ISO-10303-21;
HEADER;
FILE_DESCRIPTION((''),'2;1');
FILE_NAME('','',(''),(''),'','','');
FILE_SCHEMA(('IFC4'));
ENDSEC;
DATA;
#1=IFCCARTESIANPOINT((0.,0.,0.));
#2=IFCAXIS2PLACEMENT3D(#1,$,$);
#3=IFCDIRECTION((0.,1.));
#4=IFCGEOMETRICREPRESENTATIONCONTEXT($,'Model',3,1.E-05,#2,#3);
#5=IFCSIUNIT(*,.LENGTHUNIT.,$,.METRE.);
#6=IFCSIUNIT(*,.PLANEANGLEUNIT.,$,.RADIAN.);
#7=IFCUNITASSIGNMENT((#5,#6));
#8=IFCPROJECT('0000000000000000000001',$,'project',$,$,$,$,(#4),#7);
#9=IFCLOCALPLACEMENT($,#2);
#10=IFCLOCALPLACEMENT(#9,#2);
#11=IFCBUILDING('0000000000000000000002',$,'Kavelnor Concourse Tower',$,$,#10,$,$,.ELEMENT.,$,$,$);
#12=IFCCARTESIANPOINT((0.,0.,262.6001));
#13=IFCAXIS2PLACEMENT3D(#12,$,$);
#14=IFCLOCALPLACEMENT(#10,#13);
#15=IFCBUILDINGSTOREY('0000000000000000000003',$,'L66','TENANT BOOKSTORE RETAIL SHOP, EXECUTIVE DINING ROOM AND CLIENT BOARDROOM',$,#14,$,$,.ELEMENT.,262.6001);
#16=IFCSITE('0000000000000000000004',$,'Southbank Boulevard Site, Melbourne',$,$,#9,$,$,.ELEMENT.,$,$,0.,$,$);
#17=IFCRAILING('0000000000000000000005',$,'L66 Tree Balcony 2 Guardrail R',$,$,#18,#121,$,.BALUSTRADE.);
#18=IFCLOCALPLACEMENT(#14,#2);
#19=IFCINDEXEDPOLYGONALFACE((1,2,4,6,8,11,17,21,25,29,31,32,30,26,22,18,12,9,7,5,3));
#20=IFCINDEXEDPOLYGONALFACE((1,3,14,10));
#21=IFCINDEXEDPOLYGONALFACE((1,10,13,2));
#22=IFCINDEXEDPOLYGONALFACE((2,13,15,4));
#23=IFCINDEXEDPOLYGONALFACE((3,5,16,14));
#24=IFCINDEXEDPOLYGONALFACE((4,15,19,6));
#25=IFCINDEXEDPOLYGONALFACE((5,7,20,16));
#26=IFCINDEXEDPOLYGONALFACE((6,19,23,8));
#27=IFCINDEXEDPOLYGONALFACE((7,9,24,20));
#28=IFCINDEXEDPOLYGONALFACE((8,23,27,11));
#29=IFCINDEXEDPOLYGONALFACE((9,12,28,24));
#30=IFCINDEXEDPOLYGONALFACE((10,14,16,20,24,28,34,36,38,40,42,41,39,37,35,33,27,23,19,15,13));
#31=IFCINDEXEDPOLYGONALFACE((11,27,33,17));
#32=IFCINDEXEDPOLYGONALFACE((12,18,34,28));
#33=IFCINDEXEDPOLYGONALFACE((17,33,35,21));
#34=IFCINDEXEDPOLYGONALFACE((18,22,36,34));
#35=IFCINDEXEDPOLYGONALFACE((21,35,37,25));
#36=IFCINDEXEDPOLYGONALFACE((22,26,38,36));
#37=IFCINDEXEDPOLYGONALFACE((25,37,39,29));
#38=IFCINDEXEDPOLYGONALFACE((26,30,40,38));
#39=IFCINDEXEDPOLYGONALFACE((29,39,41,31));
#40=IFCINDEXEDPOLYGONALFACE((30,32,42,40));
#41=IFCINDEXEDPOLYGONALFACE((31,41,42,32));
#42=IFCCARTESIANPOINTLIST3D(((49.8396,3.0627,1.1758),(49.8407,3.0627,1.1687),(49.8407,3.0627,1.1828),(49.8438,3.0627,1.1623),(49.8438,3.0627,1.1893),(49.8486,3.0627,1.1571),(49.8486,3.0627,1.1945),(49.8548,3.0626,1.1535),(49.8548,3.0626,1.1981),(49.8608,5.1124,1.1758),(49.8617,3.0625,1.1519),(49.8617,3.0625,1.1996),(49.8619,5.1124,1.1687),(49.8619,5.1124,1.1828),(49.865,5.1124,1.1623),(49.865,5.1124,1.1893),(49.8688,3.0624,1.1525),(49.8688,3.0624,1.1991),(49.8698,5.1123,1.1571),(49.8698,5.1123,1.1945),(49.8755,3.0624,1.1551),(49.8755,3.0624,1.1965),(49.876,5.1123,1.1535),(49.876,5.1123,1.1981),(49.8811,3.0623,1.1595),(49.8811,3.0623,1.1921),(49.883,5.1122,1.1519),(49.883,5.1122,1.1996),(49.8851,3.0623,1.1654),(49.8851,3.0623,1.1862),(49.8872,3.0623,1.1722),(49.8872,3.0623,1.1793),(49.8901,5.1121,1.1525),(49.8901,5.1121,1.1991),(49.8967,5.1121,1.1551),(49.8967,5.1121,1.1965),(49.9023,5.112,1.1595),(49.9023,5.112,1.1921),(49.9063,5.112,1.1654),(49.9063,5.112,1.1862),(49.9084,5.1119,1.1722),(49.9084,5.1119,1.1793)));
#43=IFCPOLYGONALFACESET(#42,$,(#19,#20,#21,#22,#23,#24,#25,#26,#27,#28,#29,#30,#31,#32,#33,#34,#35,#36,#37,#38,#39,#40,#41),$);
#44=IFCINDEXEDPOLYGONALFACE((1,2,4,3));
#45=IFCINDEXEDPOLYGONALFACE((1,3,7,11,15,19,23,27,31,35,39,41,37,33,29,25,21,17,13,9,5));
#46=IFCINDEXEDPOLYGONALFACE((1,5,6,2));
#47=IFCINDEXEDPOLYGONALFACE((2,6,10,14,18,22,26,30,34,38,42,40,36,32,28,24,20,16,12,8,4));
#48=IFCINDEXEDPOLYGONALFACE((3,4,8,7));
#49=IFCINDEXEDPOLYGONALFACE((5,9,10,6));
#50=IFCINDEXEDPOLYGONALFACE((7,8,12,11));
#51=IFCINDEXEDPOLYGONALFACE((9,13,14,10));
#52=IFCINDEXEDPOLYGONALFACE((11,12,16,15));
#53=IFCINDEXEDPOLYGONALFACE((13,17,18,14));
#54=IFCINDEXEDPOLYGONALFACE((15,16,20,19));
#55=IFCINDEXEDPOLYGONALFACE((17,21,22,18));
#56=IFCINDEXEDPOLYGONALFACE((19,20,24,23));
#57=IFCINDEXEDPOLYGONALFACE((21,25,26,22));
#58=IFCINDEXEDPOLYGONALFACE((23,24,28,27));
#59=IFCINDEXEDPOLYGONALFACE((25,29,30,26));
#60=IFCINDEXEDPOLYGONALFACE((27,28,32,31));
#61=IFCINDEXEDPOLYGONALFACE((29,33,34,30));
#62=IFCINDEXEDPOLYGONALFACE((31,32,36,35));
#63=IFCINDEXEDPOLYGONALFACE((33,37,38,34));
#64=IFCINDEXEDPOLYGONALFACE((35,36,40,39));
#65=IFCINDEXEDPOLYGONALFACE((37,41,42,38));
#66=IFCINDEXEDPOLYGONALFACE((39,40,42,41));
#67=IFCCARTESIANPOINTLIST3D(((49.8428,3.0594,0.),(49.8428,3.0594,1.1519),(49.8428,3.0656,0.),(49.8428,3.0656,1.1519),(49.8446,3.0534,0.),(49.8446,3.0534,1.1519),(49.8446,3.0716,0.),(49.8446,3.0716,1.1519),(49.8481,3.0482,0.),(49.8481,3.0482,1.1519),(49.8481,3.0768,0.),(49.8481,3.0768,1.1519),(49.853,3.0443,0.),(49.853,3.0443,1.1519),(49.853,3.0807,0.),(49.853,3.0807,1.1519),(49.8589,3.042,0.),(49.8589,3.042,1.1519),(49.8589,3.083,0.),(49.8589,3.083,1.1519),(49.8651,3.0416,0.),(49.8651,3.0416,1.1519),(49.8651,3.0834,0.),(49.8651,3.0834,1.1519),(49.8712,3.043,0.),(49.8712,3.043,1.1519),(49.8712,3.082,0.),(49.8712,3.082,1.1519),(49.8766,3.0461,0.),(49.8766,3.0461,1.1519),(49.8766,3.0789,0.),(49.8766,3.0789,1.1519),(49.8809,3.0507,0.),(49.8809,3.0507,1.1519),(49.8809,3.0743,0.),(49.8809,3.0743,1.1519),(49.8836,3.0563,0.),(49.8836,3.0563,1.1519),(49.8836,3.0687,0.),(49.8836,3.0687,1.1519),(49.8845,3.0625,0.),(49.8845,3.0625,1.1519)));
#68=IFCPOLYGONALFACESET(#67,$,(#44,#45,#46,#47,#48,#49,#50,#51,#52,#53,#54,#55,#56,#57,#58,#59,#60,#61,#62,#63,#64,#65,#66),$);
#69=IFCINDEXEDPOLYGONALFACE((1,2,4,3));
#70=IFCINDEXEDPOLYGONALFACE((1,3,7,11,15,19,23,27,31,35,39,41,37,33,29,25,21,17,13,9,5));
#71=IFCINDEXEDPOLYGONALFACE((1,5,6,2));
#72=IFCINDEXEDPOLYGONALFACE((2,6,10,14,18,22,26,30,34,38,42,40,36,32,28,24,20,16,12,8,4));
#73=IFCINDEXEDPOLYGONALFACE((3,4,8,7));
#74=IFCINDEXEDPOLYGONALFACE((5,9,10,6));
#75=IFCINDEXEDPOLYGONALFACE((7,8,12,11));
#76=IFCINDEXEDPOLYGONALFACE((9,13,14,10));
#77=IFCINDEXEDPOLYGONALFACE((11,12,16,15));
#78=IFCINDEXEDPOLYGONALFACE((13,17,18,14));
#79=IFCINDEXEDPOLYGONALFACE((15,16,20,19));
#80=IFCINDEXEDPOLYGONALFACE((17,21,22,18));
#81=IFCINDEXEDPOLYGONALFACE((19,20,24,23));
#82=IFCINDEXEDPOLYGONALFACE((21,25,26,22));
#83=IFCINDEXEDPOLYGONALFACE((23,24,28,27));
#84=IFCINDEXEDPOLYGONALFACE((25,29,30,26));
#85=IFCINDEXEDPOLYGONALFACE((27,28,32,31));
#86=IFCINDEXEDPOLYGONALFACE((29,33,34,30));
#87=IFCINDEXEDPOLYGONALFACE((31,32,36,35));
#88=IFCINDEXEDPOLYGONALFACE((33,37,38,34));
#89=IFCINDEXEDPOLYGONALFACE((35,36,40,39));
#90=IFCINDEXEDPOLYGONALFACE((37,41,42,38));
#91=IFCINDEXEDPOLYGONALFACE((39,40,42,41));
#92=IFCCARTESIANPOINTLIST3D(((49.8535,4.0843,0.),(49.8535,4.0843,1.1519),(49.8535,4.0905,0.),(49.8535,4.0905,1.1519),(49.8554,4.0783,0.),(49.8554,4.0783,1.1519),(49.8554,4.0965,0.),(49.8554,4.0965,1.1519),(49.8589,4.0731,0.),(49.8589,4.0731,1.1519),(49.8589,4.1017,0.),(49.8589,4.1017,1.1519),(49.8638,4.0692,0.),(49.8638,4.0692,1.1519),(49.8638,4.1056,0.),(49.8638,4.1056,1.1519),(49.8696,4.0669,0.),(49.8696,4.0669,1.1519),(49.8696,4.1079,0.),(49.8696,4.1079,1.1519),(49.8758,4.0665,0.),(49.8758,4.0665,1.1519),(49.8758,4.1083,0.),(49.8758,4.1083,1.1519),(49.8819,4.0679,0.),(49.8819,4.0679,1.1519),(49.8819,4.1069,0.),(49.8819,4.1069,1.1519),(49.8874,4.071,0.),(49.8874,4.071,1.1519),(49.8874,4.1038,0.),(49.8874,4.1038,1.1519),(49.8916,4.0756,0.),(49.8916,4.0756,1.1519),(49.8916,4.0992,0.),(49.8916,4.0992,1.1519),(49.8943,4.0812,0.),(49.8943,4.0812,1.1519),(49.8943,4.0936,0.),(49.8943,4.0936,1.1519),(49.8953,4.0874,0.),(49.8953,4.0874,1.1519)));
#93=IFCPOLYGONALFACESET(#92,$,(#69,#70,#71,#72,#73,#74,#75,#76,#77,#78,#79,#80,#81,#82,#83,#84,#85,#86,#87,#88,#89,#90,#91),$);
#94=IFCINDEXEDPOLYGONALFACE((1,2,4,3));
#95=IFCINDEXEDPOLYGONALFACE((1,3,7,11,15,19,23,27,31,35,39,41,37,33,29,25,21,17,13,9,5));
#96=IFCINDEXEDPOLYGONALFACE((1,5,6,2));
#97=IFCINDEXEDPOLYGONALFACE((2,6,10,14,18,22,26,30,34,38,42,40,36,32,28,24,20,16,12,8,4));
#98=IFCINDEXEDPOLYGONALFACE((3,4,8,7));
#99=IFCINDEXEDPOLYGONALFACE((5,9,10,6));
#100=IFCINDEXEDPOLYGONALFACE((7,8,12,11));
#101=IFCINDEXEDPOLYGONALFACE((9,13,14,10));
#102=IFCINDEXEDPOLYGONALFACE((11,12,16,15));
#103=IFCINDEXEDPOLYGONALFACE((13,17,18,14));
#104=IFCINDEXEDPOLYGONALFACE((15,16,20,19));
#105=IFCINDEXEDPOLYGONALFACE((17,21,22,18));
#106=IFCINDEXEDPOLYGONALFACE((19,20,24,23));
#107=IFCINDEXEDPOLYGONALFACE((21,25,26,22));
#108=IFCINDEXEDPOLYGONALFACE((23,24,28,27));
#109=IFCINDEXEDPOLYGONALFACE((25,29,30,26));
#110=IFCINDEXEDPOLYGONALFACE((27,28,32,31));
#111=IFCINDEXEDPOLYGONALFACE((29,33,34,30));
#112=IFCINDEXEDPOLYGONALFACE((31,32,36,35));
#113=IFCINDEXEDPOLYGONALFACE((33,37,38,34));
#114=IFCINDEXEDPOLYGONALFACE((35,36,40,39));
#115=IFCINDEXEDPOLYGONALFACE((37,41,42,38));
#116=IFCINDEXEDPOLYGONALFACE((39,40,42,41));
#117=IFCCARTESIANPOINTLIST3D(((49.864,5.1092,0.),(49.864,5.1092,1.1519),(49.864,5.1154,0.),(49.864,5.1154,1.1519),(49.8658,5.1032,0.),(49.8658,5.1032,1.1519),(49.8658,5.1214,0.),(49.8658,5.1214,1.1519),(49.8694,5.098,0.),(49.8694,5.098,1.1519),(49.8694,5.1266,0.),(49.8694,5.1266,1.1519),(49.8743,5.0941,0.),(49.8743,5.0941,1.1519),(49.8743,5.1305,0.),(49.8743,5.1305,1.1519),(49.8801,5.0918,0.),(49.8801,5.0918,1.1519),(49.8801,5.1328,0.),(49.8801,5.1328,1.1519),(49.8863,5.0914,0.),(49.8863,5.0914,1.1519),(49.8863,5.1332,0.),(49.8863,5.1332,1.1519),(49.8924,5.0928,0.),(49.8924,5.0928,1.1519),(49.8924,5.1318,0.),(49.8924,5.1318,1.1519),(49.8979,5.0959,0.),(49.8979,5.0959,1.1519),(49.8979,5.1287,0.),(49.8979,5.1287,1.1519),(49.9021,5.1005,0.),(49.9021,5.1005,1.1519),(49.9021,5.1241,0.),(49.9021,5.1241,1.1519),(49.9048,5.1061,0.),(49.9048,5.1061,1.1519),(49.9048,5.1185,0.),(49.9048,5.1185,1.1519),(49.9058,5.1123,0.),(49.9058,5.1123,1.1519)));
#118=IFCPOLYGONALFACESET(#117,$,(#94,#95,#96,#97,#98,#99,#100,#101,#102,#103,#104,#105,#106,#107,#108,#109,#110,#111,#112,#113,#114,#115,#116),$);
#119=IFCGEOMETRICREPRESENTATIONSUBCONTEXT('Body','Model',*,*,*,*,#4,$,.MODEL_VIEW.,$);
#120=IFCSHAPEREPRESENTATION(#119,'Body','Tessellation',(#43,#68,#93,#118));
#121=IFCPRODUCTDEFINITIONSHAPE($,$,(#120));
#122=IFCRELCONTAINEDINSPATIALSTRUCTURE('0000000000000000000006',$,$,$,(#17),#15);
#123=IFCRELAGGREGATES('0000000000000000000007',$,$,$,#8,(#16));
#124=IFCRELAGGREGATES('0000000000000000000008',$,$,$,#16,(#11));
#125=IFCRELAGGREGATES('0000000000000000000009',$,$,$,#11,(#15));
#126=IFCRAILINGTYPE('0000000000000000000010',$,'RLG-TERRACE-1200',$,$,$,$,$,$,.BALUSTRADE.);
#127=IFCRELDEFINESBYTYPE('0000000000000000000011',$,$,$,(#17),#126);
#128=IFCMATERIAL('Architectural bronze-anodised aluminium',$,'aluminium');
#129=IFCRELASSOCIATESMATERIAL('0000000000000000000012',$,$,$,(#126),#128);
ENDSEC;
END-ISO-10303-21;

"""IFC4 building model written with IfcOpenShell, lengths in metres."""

from ifc_helpers import new_model, si_unit, direction, frame, origin, origin_2d, place, context, subcontext, project, spatial, circle, extrude, material, type_object, element, save


model = new_model("IFC4")

# Units and contexts
model_context = context("Model", 3, precision=1e-05, world=origin(), true_north=direction((0.0, 1.0)))
body_context = subcontext(model_context, "Body", "Model", "MODEL_VIEW")
ifc_project = project(units=[si_unit("LENGTHUNIT", "METRE"), si_unit("PLANEANGLEUNIT", "RADIAN")], contexts=[model_context])

# Site, building, storey
site_placement = place(None, origin())
site = spatial("IfcSite", under=ifc_project, at=site_placement, Name="Southbank Boulevard Site, Melbourne", CompositionType="ELEMENT", RefElevation=0.0)
building_placement = place(site_placement, origin())
building = spatial("IfcBuilding", under=site, at=building_placement, Name="Kavelnor Concourse Tower", CompositionType="ELEMENT")
storey_placement = place(building_placement, frame((0.0, 0.0, 262.6001)))
storey = spatial("IfcBuildingStorey", under=building, at=storey_placement, Name="L66", Description="TENANT BOOKSTORE RETAIL SHOP, EXECUTIVE DINING ROOM AND CLIENT BOARDROOM", CompositionType="ELEMENT", Elevation=262.6001)

# Railing
ifc_material_1 = material(Name="Architectural bronze-anodised aluminium", Category="aluminium")
railing_type_1 = type_object("IfcRailingType", Name="RLG-TERRACE-1200", PredefinedType="BALUSTRADE", material=ifc_material_1)
railing_1_placement = place(storey_placement, frame((49.8635, 3.0625, 0.0)))
element("IfcRailing", 1, at=railing_1_placement, inside=storey, type_object=railing_type_1, Name="L66 Tree Balcony 2 Guardrail R", PredefinedType="BALUSTRADE", context=body_context, shape_type="SweptSolid", body=[
    extrude(circle(Radius=0.0239, at=origin_2d()), frame((0.0, 0.0, 1.1758), z_axis=(0.010362, 0.999946, 0.0), x_axis=(-0.999946, 0.010362, 0.0)), (0.0, 0.0, 1.0), 2.0498),
    extrude(circle(Radius=0.021, at=origin_2d()), origin(), (0.0, 0.0, 1.0), 1.1519),
    extrude(circle(Radius=0.021, at=origin_2d()), frame((0.0107, 1.0249, 0.0)), (0.0, 0.0, 1.0), 1.1519),
    extrude(circle(Radius=0.021, at=origin_2d()), frame((0.0212, 2.0498, 0.0)), (0.0, 0.0, 1.0), 1.1519),
])

save(model, "model.ifc")
